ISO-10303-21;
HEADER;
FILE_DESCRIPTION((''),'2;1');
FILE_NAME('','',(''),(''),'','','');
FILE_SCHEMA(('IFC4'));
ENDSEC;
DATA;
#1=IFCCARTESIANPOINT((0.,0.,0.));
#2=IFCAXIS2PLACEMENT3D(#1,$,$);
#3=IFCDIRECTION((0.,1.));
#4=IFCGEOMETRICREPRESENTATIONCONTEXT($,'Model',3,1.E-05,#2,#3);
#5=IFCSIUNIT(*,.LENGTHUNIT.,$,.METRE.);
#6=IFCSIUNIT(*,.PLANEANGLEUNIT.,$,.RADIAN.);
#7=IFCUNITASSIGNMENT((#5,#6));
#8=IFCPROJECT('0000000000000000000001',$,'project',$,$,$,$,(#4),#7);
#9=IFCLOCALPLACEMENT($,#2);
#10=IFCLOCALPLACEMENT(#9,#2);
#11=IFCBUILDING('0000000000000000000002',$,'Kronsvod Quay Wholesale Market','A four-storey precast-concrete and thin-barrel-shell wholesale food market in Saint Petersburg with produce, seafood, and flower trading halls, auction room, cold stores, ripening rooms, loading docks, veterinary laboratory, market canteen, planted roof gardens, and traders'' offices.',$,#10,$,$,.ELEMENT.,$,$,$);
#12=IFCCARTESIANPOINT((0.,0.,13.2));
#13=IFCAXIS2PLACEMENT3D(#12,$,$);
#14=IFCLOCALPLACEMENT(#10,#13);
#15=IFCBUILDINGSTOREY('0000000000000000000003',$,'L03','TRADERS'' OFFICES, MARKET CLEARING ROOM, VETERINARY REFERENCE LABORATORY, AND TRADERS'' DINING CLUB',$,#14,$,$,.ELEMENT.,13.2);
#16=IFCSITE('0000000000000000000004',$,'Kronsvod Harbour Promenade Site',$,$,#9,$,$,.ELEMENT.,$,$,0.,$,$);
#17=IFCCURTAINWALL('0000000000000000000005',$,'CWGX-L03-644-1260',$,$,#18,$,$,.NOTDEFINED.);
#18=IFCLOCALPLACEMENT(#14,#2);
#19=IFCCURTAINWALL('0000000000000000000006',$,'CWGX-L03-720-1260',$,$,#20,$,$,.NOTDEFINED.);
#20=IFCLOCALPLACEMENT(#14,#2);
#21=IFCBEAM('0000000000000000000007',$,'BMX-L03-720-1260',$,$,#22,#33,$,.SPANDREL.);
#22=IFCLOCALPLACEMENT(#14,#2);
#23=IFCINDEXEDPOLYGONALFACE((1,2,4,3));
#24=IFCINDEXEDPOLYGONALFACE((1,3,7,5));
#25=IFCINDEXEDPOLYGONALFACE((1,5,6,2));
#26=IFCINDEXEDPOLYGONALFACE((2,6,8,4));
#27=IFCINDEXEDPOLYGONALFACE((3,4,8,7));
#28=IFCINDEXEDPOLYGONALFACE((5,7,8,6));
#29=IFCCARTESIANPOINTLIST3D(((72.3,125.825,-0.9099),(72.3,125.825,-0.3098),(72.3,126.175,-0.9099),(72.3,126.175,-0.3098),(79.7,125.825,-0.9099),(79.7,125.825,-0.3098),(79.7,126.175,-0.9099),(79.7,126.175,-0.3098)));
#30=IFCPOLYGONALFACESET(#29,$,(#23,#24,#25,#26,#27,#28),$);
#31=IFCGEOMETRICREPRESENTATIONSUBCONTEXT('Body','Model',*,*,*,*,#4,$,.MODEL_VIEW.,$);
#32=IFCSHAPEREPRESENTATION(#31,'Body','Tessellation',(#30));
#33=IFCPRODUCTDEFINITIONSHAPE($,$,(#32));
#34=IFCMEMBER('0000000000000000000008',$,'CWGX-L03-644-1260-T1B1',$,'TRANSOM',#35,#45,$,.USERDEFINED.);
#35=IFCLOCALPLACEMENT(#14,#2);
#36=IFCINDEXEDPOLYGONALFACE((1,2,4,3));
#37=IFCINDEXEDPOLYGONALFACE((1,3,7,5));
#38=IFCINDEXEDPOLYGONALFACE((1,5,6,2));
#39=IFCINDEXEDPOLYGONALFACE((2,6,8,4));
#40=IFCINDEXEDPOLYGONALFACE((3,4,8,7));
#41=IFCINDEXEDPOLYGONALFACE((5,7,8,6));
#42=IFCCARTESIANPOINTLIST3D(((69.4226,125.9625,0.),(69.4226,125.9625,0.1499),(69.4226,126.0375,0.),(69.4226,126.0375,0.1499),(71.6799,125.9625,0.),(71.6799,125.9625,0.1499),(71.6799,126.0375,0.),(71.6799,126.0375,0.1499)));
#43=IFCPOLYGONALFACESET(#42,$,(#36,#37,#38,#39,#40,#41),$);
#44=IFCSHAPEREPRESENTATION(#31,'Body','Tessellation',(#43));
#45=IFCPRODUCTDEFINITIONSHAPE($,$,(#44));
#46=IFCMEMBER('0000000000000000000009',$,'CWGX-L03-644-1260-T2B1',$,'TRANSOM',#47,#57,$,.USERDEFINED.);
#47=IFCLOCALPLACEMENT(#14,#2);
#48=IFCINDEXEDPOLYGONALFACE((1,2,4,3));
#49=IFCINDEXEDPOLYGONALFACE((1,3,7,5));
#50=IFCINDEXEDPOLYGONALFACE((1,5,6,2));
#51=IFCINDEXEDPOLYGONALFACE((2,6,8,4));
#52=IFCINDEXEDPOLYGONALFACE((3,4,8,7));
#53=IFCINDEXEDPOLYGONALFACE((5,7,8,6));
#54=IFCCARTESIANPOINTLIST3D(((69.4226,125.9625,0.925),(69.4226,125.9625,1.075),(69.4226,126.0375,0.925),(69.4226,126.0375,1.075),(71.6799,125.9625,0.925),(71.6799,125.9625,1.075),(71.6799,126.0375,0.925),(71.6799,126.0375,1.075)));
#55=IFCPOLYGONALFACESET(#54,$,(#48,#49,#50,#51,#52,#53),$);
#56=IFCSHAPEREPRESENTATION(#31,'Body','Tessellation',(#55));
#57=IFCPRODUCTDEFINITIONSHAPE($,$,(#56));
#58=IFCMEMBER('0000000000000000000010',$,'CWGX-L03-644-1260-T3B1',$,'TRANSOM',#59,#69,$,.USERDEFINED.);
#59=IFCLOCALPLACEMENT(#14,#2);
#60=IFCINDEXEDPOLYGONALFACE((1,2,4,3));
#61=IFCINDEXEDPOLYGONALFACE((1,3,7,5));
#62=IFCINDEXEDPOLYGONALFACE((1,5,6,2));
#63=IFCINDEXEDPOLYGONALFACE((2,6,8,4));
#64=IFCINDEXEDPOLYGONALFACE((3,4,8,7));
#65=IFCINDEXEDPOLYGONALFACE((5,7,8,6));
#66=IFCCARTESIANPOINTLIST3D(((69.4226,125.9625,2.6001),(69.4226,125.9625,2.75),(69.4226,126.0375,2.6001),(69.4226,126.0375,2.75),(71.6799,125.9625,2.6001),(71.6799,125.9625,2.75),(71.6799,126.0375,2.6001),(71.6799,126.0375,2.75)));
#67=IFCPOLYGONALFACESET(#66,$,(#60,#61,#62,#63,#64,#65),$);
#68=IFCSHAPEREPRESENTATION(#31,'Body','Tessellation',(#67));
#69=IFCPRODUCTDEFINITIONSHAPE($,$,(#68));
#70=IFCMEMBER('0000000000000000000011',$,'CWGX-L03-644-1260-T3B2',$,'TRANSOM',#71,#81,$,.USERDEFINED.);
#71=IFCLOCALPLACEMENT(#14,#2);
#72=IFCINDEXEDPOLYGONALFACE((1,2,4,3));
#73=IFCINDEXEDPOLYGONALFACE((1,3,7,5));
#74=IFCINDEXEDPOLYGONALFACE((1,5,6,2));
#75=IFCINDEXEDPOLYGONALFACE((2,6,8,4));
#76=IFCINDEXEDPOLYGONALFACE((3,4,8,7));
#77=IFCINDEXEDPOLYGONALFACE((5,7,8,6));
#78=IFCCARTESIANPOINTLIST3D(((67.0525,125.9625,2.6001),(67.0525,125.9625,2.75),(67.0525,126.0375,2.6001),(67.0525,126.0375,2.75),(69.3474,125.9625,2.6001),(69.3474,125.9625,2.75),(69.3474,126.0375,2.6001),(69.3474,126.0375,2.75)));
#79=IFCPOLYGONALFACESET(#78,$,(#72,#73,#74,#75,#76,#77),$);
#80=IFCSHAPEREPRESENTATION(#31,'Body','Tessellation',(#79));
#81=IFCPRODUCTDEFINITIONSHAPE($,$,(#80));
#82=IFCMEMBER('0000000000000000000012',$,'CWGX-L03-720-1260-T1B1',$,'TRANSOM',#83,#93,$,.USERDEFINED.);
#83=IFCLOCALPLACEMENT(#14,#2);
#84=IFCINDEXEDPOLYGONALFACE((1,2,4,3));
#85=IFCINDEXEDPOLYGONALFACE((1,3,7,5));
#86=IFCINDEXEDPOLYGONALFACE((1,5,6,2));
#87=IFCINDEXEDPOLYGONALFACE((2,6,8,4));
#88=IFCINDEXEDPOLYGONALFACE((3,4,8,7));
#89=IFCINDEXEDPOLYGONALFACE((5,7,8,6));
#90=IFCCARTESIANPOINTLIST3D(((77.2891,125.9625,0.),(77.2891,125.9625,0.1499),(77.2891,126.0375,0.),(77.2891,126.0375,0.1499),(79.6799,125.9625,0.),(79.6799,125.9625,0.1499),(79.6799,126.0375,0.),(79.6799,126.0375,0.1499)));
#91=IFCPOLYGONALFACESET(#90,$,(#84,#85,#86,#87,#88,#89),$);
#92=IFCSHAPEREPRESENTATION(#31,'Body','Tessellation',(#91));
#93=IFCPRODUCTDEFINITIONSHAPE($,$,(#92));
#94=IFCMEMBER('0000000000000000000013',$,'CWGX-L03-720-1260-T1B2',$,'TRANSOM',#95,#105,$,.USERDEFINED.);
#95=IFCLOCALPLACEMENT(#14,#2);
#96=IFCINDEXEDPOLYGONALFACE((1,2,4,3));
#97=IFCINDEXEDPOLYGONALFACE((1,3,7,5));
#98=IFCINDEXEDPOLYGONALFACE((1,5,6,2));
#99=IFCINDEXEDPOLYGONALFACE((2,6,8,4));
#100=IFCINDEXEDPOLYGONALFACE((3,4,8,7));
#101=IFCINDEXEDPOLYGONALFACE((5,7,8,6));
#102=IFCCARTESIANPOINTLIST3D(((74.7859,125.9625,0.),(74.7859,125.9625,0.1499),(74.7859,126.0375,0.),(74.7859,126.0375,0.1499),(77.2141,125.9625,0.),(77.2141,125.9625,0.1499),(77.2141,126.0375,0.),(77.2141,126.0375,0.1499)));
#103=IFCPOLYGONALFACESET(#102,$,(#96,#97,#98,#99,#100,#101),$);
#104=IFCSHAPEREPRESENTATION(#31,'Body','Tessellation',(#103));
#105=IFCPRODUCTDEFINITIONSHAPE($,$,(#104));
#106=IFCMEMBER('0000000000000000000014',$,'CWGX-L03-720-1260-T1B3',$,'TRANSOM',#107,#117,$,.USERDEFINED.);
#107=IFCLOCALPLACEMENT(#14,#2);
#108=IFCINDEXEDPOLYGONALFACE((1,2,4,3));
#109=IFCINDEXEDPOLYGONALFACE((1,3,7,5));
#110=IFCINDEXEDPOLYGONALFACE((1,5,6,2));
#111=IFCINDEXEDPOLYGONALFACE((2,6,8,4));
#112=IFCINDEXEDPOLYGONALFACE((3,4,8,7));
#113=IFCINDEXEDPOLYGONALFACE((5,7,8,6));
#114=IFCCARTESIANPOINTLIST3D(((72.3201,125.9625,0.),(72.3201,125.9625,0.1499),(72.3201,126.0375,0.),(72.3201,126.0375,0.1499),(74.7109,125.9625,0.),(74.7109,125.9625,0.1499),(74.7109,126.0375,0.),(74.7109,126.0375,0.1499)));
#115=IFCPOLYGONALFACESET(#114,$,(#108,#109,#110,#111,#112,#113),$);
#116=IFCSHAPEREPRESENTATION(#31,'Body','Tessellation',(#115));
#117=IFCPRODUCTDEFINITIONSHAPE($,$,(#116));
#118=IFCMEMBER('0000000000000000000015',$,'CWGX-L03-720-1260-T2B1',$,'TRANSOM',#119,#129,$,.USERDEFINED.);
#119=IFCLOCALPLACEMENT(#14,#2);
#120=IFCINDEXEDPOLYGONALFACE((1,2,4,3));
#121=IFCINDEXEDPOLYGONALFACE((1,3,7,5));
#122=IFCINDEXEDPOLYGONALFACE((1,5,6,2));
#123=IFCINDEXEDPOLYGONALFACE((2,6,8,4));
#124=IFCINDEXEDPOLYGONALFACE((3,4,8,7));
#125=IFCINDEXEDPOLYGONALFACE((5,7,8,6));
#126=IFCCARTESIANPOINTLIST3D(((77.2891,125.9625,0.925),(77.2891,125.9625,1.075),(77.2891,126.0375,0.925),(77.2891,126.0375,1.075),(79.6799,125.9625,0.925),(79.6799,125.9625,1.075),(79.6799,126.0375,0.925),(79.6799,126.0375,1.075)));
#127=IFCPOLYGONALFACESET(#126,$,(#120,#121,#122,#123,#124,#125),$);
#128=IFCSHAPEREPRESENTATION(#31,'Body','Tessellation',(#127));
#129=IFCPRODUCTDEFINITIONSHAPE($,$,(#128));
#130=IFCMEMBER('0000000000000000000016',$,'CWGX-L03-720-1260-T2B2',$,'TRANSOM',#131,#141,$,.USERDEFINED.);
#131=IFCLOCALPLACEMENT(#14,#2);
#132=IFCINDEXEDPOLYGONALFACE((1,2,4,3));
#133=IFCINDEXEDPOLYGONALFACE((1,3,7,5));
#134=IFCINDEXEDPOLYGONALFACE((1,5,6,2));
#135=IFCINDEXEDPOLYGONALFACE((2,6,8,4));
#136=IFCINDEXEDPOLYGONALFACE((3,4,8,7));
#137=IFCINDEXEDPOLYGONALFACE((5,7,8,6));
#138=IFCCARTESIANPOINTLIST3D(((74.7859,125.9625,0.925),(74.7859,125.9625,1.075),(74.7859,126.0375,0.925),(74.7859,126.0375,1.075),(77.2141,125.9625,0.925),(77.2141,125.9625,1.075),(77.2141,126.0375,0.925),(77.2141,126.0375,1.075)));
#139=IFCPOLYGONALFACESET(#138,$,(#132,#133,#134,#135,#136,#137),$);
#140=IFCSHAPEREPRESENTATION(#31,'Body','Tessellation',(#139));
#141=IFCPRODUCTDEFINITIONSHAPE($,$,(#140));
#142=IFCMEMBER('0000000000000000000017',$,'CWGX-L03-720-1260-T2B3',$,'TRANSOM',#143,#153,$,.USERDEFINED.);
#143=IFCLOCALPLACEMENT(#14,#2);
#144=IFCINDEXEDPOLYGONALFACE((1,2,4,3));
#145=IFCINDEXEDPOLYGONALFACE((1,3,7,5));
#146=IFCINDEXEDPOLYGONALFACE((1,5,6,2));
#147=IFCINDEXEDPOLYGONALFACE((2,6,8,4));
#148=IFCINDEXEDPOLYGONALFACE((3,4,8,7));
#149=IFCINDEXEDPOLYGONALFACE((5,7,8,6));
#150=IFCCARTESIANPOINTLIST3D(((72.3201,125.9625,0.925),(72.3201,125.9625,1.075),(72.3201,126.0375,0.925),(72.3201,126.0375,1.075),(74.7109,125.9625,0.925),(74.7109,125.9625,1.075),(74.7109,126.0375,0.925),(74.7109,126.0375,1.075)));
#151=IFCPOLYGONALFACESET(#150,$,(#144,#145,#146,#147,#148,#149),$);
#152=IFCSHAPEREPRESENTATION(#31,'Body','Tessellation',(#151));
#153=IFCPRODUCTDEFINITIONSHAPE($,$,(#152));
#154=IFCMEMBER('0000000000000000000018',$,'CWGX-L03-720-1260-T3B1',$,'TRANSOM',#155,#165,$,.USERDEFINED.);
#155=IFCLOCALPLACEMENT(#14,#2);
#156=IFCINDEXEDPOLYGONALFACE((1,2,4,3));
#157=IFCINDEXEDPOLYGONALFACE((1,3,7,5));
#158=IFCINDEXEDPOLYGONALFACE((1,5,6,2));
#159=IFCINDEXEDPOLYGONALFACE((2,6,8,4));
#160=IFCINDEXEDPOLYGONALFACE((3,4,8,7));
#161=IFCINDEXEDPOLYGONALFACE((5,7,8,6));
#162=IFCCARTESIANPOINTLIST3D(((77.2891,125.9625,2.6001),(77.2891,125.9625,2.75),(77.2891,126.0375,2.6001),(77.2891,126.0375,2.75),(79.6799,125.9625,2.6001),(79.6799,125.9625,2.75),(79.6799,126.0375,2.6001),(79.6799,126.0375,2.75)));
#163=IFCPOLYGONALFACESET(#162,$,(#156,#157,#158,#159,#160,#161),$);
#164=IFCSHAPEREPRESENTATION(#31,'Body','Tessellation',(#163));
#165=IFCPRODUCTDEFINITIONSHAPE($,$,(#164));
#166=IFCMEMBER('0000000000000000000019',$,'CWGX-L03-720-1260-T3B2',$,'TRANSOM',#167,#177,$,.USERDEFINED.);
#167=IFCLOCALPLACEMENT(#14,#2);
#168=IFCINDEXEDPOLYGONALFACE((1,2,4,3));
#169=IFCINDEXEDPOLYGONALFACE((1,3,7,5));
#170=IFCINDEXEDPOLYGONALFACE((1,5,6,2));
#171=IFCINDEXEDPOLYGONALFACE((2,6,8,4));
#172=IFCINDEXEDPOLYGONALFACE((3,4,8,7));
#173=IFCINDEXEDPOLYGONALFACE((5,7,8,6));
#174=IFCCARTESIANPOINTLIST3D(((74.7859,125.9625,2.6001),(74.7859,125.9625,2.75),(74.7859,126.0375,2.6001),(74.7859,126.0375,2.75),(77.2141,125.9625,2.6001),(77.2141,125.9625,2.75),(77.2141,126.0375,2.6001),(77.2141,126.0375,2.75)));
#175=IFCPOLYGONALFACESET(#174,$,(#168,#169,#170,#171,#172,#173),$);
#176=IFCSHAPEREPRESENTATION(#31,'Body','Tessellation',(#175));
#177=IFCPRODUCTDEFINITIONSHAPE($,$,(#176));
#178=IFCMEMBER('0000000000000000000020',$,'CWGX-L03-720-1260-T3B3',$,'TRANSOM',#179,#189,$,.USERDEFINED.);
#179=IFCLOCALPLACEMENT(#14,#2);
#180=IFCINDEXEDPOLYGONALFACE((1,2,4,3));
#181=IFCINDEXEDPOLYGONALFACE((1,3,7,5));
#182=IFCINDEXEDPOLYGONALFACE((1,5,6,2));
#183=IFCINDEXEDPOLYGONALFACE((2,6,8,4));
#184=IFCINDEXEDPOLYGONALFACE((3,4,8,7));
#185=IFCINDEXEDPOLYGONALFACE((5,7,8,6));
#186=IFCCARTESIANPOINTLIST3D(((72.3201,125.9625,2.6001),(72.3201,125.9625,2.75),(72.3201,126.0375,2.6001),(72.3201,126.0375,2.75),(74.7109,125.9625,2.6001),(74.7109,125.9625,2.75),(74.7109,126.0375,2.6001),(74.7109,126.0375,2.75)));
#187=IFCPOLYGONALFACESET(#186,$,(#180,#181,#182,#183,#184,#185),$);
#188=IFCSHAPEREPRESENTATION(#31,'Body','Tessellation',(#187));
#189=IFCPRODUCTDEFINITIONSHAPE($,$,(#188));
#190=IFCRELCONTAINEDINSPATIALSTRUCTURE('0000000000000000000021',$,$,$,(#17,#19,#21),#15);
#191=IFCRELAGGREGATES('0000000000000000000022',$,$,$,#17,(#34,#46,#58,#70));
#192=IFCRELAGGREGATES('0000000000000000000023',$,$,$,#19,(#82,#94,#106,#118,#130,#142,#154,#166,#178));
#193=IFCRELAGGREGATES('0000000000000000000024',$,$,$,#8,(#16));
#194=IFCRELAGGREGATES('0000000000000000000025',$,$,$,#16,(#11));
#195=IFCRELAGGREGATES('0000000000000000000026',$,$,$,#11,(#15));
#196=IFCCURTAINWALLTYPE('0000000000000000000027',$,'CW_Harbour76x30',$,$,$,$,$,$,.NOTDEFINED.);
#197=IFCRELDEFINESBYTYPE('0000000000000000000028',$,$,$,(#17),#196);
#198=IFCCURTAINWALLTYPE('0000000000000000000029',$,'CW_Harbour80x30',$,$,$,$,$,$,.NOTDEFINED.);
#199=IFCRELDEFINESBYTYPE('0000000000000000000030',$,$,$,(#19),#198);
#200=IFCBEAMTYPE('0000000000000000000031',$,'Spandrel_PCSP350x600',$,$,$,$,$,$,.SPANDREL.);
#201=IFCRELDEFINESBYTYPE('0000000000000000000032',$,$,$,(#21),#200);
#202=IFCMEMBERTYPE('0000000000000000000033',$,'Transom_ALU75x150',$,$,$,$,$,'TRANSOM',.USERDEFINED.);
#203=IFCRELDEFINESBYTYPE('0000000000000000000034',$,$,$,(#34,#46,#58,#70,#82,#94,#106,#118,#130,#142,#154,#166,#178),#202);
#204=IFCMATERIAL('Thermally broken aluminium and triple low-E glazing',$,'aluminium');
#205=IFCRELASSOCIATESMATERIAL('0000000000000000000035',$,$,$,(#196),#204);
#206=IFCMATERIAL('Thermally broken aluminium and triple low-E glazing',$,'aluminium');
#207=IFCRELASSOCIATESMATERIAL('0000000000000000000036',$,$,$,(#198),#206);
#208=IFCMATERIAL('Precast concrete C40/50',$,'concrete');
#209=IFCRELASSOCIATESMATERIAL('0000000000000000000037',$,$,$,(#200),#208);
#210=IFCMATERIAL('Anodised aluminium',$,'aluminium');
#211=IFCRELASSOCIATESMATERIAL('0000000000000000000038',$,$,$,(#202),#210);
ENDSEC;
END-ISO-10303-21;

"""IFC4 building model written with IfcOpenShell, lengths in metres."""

from ifc_helpers import new_model, si_unit, direction, frame, origin, origin_2d, place, context, subcontext, project, spatial, rectangle, extrude, material, material_profile, profile_set, type_object, element, aggregate, save


model = new_model("IFC4")

# Units and contexts
model_context = context("Model", 3, precision=1e-05, world=origin(), true_north=direction((0.0, 1.0)))
body_context = subcontext(model_context, "Body", "Model", "MODEL_VIEW")
ifc_project = project(units=[si_unit("LENGTHUNIT", "METRE"), si_unit("PLANEANGLEUNIT", "RADIAN")], contexts=[model_context])

# Site, building, storey
site_placement = place(None, origin())
site = spatial("IfcSite", under=ifc_project, at=site_placement, Name="Kronsvod Harbour Promenade Site", CompositionType="ELEMENT", RefElevation=0.0)
building_placement = place(site_placement, origin())
building = spatial("IfcBuilding", under=site, at=building_placement, Name="Kronsvod Quay Wholesale Market", Description="A four-storey precast-concrete and thin-barrel-shell wholesale food market in Saint Petersburg with produce, seafood, and flower trading halls, auction room, cold stores, ripening rooms, loading docks, veterinary laboratory, market canteen, planted roof gardens, and traders' offices.", CompositionType="ELEMENT")
storey_placement = place(building_placement, frame((0.0, 0.0, 13.2)))
storey = spatial("IfcBuildingStorey", under=building, at=storey_placement, Name="L03", Description="TRADERS' OFFICES, MARKET CLEARING ROOM, VETERINARY REFERENCE LABORATORY, AND TRADERS' DINING CLUB", CompositionType="ELEMENT", Elevation=13.2)

# Curtain walls
ifc_material_1 = material(Name="Thermally broken aluminium and triple low-E glazing", Category="aluminium")
curtain_wall_type_1 = type_object("IfcCurtainWallType", Name="CW_Harbour76x30", PredefinedType="NOTDEFINED", material=ifc_material_1)
curtain_wall_1_placement = place(storey_placement, origin())
curtain_wall_1 = element("IfcCurtainWall", 1, at=curtain_wall_1_placement, inside=storey, type_object=curtain_wall_type_1, Name="CWGX-L03-644-1260", PredefinedType="NOTDEFINED")
ifc_material_2 = material(Name="Thermally broken aluminium and triple low-E glazing", Category="aluminium")
curtain_wall_type_2 = type_object("IfcCurtainWallType", Name="CW_Harbour80x30", PredefinedType="NOTDEFINED", material=ifc_material_2)
curtain_wall_2_placement = place(storey_placement, origin())
curtain_wall_2 = element("IfcCurtainWall", 2, at=curtain_wall_2_placement, inside=storey, type_object=curtain_wall_type_2, Name="CWGX-L03-720-1260", PredefinedType="NOTDEFINED")

# Beam
ifc_material_3 = material(Name="Precast concrete C40/50", Category="concrete")
ifc_material_profile_1 = material_profile(ifc_material_3, rectangle(XDim=0.3501, YDim=0.6001, at=origin_2d()), Name="PCSP350x600")
ifc_profile_set_1 = profile_set([ifc_material_profile_1], Name="Precast concrete C40/50")
beam_type_1 = type_object("IfcBeamType", Name="Spandrel_PCSP350x600", PredefinedType="SPANDREL", material=ifc_profile_set_1)
beam_1_placement = place(storey_placement, frame((72.3, 126.0, -0.6099), z_axis=(1.0, 0.0, 0.0), x_axis=(0.0, 1.0, 0.0)))
element("IfcBeam", 3, at=beam_1_placement, inside=storey, type_object=beam_type_1, Name="BMX-L03-720-1260", PredefinedType="SPANDREL", context=body_context, shape_type="SweptSolid", body=[
    extrude(rectangle(XDim=0.3501, YDim=0.6001, at=origin_2d()), origin(), (0.0, 0.0, 1.0), 7.3999),
])

# Members
ifc_material_4 = material(Name="Anodised aluminium", Category="aluminium")
ifc_material_profile_2 = material_profile(ifc_material_4, rectangle(XDim=0.075, YDim=0.1499, at=origin_2d()), Name="ALUT75x150")
ifc_profile_set_2 = profile_set([ifc_material_profile_2], Name="Anodised aluminium")
member_type_1 = type_object("IfcMemberType", Name="Transom_ALU75x150", ElementType="TRANSOM", PredefinedType="USERDEFINED", material=ifc_profile_set_2)
member_1_placement = place(storey_placement, frame((71.6799, 126.0, 0.075), z_axis=(-1.0, 0.0, 0.0), x_axis=(0.0, -1.0, 0.0)))
member_1 = element("IfcMember", 4, at=member_1_placement, type_object=member_type_1, Name="CWGX-L03-644-1260-T1B1", ObjectType="TRANSOM", PredefinedType="USERDEFINED", context=body_context, shape_type="SweptSolid", body=[
    extrude(rectangle(XDim=0.075, YDim=0.1499, at=origin_2d()), origin(), (0.0, 0.0, 1.0), 2.2573),
])
member_2_placement = place(storey_placement, frame((71.6799, 126.0, 1.0), z_axis=(-1.0, 0.0, 0.0), x_axis=(0.0, -1.0, 0.0)))
member_2 = element("IfcMember", 5, at=member_2_placement, type_object=member_type_1, Name="CWGX-L03-644-1260-T2B1", ObjectType="TRANSOM", PredefinedType="USERDEFINED", context=body_context, shape_type="SweptSolid", body=[
    extrude(rectangle(XDim=0.075, YDim=0.1499, at=origin_2d()), origin(), (0.0, 0.0, 1.0), 2.2573),
])
member_3_placement = place(storey_placement, frame((71.6799, 126.0, 2.675), z_axis=(-1.0, 0.0, 0.0), x_axis=(0.0, -1.0, 0.0)))
member_3 = element("IfcMember", 6, at=member_3_placement, type_object=member_type_1, Name="CWGX-L03-644-1260-T3B1", ObjectType="TRANSOM", PredefinedType="USERDEFINED", context=body_context, shape_type="SweptSolid", body=[
    extrude(rectangle(XDim=0.075, YDim=0.1499, at=origin_2d()), origin(), (0.0, 0.0, 1.0), 2.2573),
])
member_4_placement = place(storey_placement, frame((69.3474, 126.0, 2.675), z_axis=(-1.0, 0.0, 0.0), x_axis=(0.0, -1.0, 0.0)))
member_4 = element("IfcMember", 7, at=member_4_placement, type_object=member_type_1, Name="CWGX-L03-644-1260-T3B2", ObjectType="TRANSOM", PredefinedType="USERDEFINED", context=body_context, shape_type="SweptSolid", body=[
    extrude(rectangle(XDim=0.075, YDim=0.1499, at=origin_2d()), origin(), (0.0, 0.0, 1.0), 2.2949),
])
member_5_placement = place(storey_placement, frame((79.6799, 126.0, 0.075), z_axis=(-1.0, 0.0, 0.0), x_axis=(0.0, -1.0, 0.0)))
member_5 = element("IfcMember", 8, at=member_5_placement, type_object=member_type_1, Name="CWGX-L03-720-1260-T1B1", ObjectType="TRANSOM", PredefinedType="USERDEFINED", context=body_context, shape_type="SweptSolid", body=[
    extrude(rectangle(XDim=0.075, YDim=0.1499, at=origin_2d()), origin(), (0.0, 0.0, 1.0), 2.3909),
])
member_6_placement = place(storey_placement, frame((77.2141, 126.0, 0.075), z_axis=(-1.0, 0.0, 0.0), x_axis=(0.0, -1.0, 0.0)))
member_6 = element("IfcMember", 9, at=member_6_placement, type_object=member_type_1, Name="CWGX-L03-720-1260-T1B2", ObjectType="TRANSOM", PredefinedType="USERDEFINED", context=body_context, shape_type="SweptSolid", body=[
    extrude(rectangle(XDim=0.075, YDim=0.1499, at=origin_2d()), origin(), (0.0, 0.0, 1.0), 2.4282),
])
member_7_placement = place(storey_placement, frame((74.7109, 126.0, 0.075), z_axis=(-1.0, 0.0, 0.0), x_axis=(0.0, -1.0, 0.0)))
member_7 = element("IfcMember", 10, at=member_7_placement, type_object=member_type_1, Name="CWGX-L03-720-1260-T1B3", ObjectType="TRANSOM", PredefinedType="USERDEFINED", context=body_context, shape_type="SweptSolid", body=[
    extrude(rectangle(XDim=0.075, YDim=0.1499, at=origin_2d()), origin(), (0.0, 0.0, 1.0), 2.3909),
])
member_8_placement = place(storey_placement, frame((79.6799, 126.0, 1.0), z_axis=(-1.0, 0.0, 0.0), x_axis=(0.0, -1.0, 0.0)))
member_8 = element("IfcMember", 11, at=member_8_placement, type_object=member_type_1, Name="CWGX-L03-720-1260-T2B1", ObjectType="TRANSOM", PredefinedType="USERDEFINED", context=body_context, shape_type="SweptSolid", body=[
    extrude(rectangle(XDim=0.075, YDim=0.1499, at=origin_2d()), origin(), (0.0, 0.0, 1.0), 2.3909),
])
member_9_placement = place(storey_placement, frame((77.2141, 126.0, 1.0), z_axis=(-1.0, 0.0, 0.0), x_axis=(0.0, -1.0, 0.0)))
member_9 = element("IfcMember", 12, at=member_9_placement, type_object=member_type_1, Name="CWGX-L03-720-1260-T2B2", ObjectType="TRANSOM", PredefinedType="USERDEFINED", context=body_context, shape_type="SweptSolid", body=[
    extrude(rectangle(XDim=0.075, YDim=0.1499, at=origin_2d()), origin(), (0.0, 0.0, 1.0), 2.4282),
])
member_10_placement = place(storey_placement, frame((74.7109, 126.0, 1.0), z_axis=(-1.0, 0.0, 0.0), x_axis=(0.0, -1.0, 0.0)))
member_10 = element("IfcMember", 13, at=member_10_placement, type_object=member_type_1, Name="CWGX-L03-720-1260-T2B3", ObjectType="TRANSOM", PredefinedType="USERDEFINED", context=body_context, shape_type="SweptSolid", body=[
    extrude(rectangle(XDim=0.075, YDim=0.1499, at=origin_2d()), origin(), (0.0, 0.0, 1.0), 2.3909),
])
member_11_placement = place(storey_placement, frame((79.6799, 126.0, 2.675), z_axis=(-1.0, 0.0, 0.0), x_axis=(0.0, -1.0, 0.0)))
member_11 = element("IfcMember", 14, at=member_11_placement, type_object=member_type_1, Name="CWGX-L03-720-1260-T3B1", ObjectType="TRANSOM", PredefinedType="USERDEFINED", context=body_context, shape_type="SweptSolid", body=[
    extrude(rectangle(XDim=0.075, YDim=0.1499, at=origin_2d()), origin(), (0.0, 0.0, 1.0), 2.3909),
])
member_12_placement = place(storey_placement, frame((77.2141, 126.0, 2.675), z_axis=(-1.0, 0.0, 0.0), x_axis=(0.0, -1.0, 0.0)))
member_12 = element("IfcMember", 15, at=member_12_placement, type_object=member_type_1, Name="CWGX-L03-720-1260-T3B2", ObjectType="TRANSOM", PredefinedType="USERDEFINED", context=body_context, shape_type="SweptSolid", body=[
    extrude(rectangle(XDim=0.075, YDim=0.1499, at=origin_2d()), origin(), (0.0, 0.0, 1.0), 2.4282),
])
member_13_placement = place(storey_placement, frame((74.7109, 126.0, 2.675), z_axis=(-1.0, 0.0, 0.0), x_axis=(0.0, -1.0, 0.0)))
member_13 = element("IfcMember", 16, at=member_13_placement, type_object=member_type_1, Name="CWGX-L03-720-1260-T3B3", ObjectType="TRANSOM", PredefinedType="USERDEFINED", context=body_context, shape_type="SweptSolid", body=[
    extrude(rectangle(XDim=0.075, YDim=0.1499, at=origin_2d()), origin(), (0.0, 0.0, 1.0), 2.3909),
])

aggregate(curtain_wall_1, [member_1, member_2, member_3, member_4])
aggregate(curtain_wall_2, [member_5, member_6, member_7, member_8, member_9, member_10, member_11, member_12, member_13])

save(model, "model.ifc")
